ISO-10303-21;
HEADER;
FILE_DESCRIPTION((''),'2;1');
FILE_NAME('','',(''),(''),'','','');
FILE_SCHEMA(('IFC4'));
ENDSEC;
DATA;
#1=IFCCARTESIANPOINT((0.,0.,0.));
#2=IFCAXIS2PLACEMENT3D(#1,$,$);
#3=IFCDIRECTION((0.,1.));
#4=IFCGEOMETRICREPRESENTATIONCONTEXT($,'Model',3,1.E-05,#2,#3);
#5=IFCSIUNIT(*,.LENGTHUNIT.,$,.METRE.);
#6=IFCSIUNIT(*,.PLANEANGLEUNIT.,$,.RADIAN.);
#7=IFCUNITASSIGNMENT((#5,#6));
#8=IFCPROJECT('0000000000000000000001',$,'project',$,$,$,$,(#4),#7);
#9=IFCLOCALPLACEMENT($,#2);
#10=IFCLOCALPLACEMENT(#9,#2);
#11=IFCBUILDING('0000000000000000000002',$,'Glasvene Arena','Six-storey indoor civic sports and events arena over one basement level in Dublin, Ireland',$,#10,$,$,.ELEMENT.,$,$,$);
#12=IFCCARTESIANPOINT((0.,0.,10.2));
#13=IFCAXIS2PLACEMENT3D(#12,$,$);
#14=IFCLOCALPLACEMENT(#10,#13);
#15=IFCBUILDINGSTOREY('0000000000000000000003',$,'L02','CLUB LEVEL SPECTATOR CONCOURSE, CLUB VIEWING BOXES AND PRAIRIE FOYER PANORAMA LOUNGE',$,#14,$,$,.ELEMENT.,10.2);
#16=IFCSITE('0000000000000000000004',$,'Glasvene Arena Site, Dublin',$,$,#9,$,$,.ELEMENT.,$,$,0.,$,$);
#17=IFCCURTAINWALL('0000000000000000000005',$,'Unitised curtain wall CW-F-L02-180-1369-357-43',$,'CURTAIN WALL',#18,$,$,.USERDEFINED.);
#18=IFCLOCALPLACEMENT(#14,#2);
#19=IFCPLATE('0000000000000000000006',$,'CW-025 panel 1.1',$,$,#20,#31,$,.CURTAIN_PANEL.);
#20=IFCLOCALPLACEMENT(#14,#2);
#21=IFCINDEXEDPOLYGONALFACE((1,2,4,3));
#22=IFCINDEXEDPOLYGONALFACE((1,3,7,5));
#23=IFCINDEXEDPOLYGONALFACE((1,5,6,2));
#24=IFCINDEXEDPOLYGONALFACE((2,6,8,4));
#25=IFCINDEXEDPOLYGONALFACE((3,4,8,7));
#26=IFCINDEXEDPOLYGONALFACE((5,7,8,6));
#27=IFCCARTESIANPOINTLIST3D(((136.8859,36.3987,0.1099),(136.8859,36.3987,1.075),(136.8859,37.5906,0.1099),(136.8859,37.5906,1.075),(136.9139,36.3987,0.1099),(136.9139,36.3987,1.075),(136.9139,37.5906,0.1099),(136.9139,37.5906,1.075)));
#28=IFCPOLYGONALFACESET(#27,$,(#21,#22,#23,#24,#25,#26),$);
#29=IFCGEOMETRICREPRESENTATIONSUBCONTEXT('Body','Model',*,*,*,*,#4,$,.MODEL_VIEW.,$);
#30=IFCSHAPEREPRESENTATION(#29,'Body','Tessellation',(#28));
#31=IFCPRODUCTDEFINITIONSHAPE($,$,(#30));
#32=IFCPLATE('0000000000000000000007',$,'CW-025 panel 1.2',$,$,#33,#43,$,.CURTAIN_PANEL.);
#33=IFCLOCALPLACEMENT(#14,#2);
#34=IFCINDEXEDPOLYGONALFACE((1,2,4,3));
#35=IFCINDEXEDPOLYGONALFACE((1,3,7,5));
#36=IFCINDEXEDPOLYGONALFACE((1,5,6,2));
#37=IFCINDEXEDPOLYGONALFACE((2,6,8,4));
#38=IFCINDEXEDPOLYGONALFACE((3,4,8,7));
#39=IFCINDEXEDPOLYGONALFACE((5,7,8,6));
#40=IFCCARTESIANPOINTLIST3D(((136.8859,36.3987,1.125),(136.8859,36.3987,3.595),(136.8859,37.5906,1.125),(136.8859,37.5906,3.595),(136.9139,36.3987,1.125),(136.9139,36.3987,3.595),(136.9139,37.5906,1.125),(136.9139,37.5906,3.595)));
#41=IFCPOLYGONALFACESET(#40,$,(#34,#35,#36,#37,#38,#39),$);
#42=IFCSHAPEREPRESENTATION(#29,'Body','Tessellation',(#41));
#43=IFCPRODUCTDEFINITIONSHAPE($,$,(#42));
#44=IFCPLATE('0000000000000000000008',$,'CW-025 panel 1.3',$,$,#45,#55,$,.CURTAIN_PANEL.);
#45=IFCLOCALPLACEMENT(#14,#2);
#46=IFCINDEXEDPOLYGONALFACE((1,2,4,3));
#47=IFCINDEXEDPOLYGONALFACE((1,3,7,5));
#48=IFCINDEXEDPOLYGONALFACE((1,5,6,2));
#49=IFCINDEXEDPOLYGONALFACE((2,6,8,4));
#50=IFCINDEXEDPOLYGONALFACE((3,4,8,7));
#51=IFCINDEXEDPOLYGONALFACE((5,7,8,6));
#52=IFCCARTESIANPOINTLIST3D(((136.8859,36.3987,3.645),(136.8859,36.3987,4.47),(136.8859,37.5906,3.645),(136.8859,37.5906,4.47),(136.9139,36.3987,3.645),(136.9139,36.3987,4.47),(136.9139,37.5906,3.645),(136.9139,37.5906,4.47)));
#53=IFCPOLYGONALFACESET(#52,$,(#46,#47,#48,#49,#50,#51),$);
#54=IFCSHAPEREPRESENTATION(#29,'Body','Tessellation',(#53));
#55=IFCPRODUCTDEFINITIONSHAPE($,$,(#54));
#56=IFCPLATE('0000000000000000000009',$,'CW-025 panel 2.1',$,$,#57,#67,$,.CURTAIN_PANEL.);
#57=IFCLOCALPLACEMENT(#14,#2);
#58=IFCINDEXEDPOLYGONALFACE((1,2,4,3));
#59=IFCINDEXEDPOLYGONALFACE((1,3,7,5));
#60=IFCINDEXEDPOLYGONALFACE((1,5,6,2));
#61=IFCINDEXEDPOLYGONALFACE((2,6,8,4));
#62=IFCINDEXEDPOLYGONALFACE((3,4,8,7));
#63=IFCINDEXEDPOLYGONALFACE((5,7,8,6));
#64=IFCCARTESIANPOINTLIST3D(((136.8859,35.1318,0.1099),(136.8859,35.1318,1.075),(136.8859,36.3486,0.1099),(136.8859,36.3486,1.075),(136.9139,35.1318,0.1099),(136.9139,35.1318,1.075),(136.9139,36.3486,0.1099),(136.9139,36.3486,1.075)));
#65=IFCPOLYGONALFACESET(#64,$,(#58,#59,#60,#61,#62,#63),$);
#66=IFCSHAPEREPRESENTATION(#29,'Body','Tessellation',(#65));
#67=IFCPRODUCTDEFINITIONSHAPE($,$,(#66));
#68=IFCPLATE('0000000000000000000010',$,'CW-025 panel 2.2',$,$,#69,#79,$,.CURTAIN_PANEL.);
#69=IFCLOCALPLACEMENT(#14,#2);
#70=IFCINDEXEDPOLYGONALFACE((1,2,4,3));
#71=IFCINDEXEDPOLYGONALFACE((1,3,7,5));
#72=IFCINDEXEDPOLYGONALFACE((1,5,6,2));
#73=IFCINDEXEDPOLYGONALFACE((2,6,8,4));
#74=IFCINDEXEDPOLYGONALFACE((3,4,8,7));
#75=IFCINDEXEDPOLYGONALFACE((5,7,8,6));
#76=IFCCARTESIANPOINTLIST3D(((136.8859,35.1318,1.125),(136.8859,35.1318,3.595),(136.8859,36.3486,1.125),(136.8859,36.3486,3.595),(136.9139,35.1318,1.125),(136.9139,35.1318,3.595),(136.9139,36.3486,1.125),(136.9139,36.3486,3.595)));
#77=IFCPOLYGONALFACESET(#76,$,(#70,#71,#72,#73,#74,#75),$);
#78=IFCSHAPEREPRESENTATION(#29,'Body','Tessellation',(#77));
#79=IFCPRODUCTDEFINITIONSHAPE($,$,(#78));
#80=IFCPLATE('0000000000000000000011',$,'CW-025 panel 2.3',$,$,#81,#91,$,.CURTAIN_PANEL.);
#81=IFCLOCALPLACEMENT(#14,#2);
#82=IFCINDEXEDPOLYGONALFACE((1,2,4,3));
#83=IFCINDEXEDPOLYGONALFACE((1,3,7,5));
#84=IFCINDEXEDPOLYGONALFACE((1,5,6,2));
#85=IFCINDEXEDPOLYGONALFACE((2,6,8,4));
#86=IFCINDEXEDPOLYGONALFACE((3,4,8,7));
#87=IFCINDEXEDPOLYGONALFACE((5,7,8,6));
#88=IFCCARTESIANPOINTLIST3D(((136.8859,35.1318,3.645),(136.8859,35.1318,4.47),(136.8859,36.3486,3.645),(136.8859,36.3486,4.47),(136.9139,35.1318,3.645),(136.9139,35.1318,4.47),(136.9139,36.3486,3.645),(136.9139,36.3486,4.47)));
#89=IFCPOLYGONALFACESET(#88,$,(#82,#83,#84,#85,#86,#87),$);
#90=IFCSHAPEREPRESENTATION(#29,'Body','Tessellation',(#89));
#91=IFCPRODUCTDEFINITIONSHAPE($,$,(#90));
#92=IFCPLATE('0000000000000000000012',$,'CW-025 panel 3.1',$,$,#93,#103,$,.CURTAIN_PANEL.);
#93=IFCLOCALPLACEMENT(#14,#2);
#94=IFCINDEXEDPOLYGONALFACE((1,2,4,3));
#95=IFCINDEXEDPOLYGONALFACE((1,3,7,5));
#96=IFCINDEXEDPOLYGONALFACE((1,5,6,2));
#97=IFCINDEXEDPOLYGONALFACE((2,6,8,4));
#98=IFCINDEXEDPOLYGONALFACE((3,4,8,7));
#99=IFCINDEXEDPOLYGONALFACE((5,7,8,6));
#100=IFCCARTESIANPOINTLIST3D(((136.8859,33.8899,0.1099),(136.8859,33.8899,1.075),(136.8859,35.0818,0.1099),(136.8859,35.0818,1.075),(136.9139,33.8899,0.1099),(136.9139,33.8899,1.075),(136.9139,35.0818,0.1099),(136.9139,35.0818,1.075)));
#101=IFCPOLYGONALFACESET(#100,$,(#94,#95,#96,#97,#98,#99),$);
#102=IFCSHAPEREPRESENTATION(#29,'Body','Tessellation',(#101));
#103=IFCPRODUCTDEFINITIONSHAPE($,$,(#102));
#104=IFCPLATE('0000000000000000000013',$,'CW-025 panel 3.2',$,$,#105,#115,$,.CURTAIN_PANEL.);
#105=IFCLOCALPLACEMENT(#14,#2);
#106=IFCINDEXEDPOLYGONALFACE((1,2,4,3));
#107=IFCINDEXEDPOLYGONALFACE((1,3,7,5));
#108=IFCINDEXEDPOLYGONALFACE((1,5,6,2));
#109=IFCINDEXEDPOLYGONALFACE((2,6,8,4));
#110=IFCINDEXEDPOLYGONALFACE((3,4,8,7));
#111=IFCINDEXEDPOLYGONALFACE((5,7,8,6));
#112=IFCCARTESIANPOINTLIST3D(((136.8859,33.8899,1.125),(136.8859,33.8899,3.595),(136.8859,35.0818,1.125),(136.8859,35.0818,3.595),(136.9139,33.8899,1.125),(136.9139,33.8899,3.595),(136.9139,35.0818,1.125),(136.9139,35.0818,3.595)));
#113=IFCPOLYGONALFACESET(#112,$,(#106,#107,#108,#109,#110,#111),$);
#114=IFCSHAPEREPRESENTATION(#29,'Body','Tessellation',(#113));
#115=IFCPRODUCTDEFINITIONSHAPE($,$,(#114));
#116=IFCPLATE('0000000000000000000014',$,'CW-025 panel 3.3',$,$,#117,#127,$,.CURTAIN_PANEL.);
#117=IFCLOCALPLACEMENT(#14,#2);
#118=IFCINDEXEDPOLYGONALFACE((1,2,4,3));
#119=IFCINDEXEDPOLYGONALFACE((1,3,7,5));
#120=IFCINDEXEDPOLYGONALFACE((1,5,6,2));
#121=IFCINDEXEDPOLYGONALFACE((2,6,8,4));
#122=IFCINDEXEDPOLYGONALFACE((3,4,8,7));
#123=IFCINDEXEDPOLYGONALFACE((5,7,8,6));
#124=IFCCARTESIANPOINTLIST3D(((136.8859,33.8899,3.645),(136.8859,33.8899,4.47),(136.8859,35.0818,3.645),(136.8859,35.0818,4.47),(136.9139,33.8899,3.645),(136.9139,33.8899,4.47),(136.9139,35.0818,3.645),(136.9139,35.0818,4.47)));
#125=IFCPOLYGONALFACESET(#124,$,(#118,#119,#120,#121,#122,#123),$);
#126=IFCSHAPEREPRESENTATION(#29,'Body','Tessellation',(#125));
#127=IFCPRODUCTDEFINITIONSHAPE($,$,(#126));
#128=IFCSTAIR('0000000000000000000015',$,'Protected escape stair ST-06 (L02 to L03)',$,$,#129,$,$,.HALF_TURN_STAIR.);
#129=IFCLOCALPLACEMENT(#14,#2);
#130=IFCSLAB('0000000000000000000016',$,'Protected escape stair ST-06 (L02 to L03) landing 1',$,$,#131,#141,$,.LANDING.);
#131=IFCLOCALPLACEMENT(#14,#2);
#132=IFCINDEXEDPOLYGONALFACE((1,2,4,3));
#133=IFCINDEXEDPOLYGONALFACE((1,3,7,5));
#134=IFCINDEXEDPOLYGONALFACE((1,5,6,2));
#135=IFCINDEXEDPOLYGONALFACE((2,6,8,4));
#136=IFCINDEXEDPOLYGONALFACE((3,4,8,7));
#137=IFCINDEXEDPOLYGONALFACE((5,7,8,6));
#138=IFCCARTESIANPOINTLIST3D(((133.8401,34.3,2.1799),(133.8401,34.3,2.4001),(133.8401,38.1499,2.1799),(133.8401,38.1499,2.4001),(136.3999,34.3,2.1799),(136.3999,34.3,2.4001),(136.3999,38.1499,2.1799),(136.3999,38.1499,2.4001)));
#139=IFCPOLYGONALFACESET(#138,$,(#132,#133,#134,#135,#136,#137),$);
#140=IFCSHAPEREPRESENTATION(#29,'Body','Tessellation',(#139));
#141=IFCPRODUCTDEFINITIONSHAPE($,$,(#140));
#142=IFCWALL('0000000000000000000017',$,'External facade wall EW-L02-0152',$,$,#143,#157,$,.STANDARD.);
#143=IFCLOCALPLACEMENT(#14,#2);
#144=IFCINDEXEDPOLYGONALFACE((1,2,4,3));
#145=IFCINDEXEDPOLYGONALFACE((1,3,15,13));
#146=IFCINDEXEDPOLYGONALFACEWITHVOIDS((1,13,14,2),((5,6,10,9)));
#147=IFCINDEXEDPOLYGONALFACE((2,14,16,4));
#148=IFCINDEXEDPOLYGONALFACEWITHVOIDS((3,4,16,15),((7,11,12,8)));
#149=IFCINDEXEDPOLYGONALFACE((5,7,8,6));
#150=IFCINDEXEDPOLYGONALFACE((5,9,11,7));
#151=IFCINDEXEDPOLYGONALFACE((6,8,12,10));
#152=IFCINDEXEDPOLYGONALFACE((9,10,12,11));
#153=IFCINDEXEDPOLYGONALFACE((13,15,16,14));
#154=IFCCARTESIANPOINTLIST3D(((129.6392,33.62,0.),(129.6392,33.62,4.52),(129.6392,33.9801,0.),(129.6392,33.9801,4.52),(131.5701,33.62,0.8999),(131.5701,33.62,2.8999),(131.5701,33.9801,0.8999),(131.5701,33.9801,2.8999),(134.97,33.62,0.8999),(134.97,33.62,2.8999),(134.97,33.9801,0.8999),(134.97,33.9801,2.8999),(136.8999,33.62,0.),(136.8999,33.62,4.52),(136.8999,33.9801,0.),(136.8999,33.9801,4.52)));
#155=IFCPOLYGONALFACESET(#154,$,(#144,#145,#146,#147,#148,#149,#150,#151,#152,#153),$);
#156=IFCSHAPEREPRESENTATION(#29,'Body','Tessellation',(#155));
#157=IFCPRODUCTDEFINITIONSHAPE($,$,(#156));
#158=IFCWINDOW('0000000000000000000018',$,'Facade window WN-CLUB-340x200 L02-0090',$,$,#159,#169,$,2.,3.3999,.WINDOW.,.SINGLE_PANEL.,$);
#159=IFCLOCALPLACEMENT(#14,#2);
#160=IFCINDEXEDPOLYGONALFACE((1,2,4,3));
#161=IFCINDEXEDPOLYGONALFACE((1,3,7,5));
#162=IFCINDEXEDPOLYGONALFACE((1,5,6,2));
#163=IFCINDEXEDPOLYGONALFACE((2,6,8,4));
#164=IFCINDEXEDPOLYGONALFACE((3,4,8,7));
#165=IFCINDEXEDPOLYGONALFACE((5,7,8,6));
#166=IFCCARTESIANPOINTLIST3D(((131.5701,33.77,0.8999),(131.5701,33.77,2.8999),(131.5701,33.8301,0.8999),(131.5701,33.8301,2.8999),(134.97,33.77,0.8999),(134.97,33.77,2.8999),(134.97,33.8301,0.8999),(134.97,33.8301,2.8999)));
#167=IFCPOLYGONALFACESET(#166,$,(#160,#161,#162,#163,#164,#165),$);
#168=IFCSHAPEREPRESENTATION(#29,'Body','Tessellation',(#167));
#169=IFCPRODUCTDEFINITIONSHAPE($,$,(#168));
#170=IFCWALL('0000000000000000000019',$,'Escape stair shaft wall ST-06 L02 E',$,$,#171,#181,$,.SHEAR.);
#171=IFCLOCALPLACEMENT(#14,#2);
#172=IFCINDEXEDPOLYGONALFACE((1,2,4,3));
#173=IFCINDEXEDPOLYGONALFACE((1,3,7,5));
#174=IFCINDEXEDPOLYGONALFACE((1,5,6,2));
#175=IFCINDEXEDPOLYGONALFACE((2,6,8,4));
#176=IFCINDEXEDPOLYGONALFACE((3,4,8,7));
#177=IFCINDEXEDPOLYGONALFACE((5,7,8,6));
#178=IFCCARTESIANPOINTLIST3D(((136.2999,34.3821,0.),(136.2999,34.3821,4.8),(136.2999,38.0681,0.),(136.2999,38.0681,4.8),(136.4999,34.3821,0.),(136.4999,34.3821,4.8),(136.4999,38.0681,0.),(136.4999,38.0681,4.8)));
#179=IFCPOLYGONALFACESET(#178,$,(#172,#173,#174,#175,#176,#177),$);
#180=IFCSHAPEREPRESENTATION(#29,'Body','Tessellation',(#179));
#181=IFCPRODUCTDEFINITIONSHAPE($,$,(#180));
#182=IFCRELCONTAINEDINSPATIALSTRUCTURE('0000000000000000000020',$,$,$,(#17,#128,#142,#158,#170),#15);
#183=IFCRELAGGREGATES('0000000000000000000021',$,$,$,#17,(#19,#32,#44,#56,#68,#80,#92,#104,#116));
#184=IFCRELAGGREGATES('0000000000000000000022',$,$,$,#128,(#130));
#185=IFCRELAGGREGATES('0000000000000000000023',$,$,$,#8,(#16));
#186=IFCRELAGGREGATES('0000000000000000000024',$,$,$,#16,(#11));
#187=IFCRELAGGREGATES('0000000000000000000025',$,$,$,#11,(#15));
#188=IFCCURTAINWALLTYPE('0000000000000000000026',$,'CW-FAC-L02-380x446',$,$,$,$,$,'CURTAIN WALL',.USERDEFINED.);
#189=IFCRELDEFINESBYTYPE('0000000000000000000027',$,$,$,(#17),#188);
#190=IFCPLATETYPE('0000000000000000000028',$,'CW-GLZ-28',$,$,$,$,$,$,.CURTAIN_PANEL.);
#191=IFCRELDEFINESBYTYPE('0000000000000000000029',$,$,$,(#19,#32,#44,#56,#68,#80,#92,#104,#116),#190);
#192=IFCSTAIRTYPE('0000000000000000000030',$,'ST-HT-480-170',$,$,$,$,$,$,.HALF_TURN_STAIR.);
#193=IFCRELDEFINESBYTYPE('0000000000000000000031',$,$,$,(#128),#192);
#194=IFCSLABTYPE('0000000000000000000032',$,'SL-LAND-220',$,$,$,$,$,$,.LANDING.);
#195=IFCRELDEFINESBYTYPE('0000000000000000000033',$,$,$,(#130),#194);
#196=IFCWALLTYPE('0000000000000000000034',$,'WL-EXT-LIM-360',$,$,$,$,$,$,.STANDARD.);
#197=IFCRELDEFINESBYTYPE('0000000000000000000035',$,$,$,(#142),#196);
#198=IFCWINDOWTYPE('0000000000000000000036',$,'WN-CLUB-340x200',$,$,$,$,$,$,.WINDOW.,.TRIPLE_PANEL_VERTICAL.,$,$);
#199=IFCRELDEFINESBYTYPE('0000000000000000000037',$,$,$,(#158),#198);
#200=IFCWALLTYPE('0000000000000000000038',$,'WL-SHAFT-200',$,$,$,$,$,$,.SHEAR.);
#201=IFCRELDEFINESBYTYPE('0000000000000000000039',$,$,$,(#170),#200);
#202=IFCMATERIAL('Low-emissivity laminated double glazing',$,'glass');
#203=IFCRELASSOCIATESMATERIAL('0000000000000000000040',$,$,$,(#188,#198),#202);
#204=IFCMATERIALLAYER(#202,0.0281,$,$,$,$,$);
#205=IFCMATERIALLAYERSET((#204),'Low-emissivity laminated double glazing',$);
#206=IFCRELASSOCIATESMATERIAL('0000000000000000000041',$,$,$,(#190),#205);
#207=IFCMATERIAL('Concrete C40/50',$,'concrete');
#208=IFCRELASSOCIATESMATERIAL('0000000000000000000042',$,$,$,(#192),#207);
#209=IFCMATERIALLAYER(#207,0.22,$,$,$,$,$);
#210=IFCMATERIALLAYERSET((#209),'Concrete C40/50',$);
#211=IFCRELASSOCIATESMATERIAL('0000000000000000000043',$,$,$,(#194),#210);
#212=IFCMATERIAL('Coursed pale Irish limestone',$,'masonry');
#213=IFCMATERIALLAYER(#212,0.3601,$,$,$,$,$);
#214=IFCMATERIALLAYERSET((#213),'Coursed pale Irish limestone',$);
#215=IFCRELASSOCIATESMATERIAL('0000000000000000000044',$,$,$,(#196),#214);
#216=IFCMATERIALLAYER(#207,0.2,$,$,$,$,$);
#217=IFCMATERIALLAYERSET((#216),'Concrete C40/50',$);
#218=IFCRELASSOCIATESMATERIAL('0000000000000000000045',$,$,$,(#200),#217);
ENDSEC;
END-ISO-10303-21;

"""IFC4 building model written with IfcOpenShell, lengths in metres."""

from ifc_helpers import new_model, si_unit, direction, frame, frame_2d, origin, origin_2d, place, context, subcontext, project, spatial, polyline, rectangle, outline, extrude, material, layer, layer_set, type_object, element, fill, aggregate, save


model = new_model("IFC4")

# Units and contexts
model_context = context("Model", 3, precision=1e-05, world=origin(), true_north=direction((0.0, 1.0)))
body_context = subcontext(model_context, "Body", "Model", "MODEL_VIEW")
ifc_project = project(units=[si_unit("LENGTHUNIT", "METRE"), si_unit("PLANEANGLEUNIT", "RADIAN")], contexts=[model_context])

# Site, building, storey
site_placement = place(None, origin())
site = spatial("IfcSite", under=ifc_project, at=site_placement, Name="Glasvene Arena Site, Dublin", CompositionType="ELEMENT", RefElevation=0.0)
building_placement = place(site_placement, origin())
building = spatial("IfcBuilding", under=site, at=building_placement, Name="Glasvene Arena", Description="Six-storey indoor civic sports and events arena over one basement level in Dublin, Ireland", CompositionType="ELEMENT")
storey_placement = place(building_placement, frame((0.0, 0.0, 10.2)))
storey = spatial("IfcBuildingStorey", under=building, at=storey_placement, Name="L02", Description="CLUB LEVEL SPECTATOR CONCOURSE, CLUB VIEWING BOXES AND PRAIRIE FOYER PANORAMA LOUNGE", CompositionType="ELEMENT", Elevation=10.2)

# Curtain wall, plates
ifc_material_1 = material(Name="Low-emissivity laminated double glazing", Category="glass")
curtain_wall_type = type_object("IfcCurtainWallType", Name="CW-FAC-L02-380x446", ElementType="CURTAIN WALL", PredefinedType="USERDEFINED", material=ifc_material_1)
curtain_wall_placement = place(storey_placement, frame((136.8999, 37.6406, 0.0)))
curtain_wall = element("IfcCurtainWall", 1, at=curtain_wall_placement, inside=storey, type_object=curtain_wall_type, Name="Unitised curtain wall CW-F-L02-180-1369-357-43", ObjectType="CURTAIN WALL", PredefinedType="USERDEFINED")
ifc_layer_1 = layer(ifc_material_1, 0.0281)
ifc_layer_set_1 = layer_set([ifc_layer_1], Name="Low-emissivity laminated double glazing")
plate_type = type_object("IfcPlateType", Name="CW-GLZ-28", PredefinedType="CURTAIN_PANEL", material=ifc_layer_set_1)
plate_1_placement = place(storey_placement, frame((136.8999, 36.9946, 0.1099), z_axis=(0.0, 0.0, 1.0), x_axis=(0.0, -1.0, 0.0)))
plate_1 = element("IfcPlate", 2, at=plate_1_placement, type_object=plate_type, Name="CW-025 panel 1.1", PredefinedType="CURTAIN_PANEL", context=body_context, shape_type="SweptSolid", body=[
    extrude(rectangle(XDim=1.1919, YDim=0.0281, at=origin_2d()), origin(), (0.0, 0.0, 1.0), 0.9651),
])
plate_2_placement = place(storey_placement, frame((136.8999, 36.9946, 1.125), z_axis=(0.0, 0.0, 1.0), x_axis=(0.0, -1.0, 0.0)))
plate_2 = element("IfcPlate", 3, at=plate_2_placement, type_object=plate_type, Name="CW-025 panel 1.2", PredefinedType="CURTAIN_PANEL", context=body_context, shape_type="SweptSolid", body=[
    extrude(rectangle(XDim=1.1919, YDim=0.0281, at=origin_2d()), origin(), (0.0, 0.0, 1.0), 2.47),
])
plate_3_placement = place(storey_placement, frame((136.8999, 36.9946, 3.645), z_axis=(0.0, 0.0, 1.0), x_axis=(0.0, -1.0, 0.0)))
plate_3 = element("IfcPlate", 4, at=plate_3_placement, type_object=plate_type, Name="CW-025 panel 1.3", PredefinedType="CURTAIN_PANEL", context=body_context, shape_type="SweptSolid", body=[
    extrude(rectangle(XDim=1.1919, YDim=0.0281, at=origin_2d()), origin(), (0.0, 0.0, 1.0), 0.825),
])
plate_4_placement = place(storey_placement, frame((136.8999, 35.7402, 0.1099), z_axis=(0.0, 0.0, 1.0), x_axis=(0.0, -1.0, 0.0)))
plate_4 = element("IfcPlate", 5, at=plate_4_placement, type_object=plate_type, Name="CW-025 panel 2.1", PredefinedType="CURTAIN_PANEL", context=body_context, shape_type="SweptSolid", body=[
    extrude(rectangle(XDim=1.2168, YDim=0.0281, at=origin_2d()), origin(), (0.0, 0.0, 1.0), 0.9651),
])
plate_5_placement = place(storey_placement, frame((136.8999, 35.7402, 1.125), z_axis=(0.0, 0.0, 1.0), x_axis=(0.0, -1.0, 0.0)))
plate_5 = element("IfcPlate", 6, at=plate_5_placement, type_object=plate_type, Name="CW-025 panel 2.2", PredefinedType="CURTAIN_PANEL", context=body_context, shape_type="SweptSolid", body=[
    extrude(rectangle(XDim=1.2168, YDim=0.0281, at=origin_2d()), origin(), (0.0, 0.0, 1.0), 2.47),
])
plate_6_placement = place(storey_placement, frame((136.8999, 35.7402, 3.645), z_axis=(0.0, 0.0, 1.0), x_axis=(0.0, -1.0, 0.0)))
plate_6 = element("IfcPlate", 7, at=plate_6_placement, type_object=plate_type, Name="CW-025 panel 2.3", PredefinedType="CURTAIN_PANEL", context=body_context, shape_type="SweptSolid", body=[
    extrude(rectangle(XDim=1.2168, YDim=0.0281, at=origin_2d()), origin(), (0.0, 0.0, 1.0), 0.825),
])
plate_7_placement = place(storey_placement, frame((136.8999, 34.4858, 0.1099), z_axis=(0.0, 0.0, 1.0), x_axis=(0.0, -1.0, 0.0)))
plate_7 = element("IfcPlate", 8, at=plate_7_placement, type_object=plate_type, Name="CW-025 panel 3.1", PredefinedType="CURTAIN_PANEL", context=body_context, shape_type="SweptSolid", body=[
    extrude(rectangle(XDim=1.1919, YDim=0.0281, at=origin_2d()), origin(), (0.0, 0.0, 1.0), 0.9651),
])
plate_8_placement = place(storey_placement, frame((136.8999, 34.4858, 1.125), z_axis=(0.0, 0.0, 1.0), x_axis=(0.0, -1.0, 0.0)))
plate_8 = element("IfcPlate", 9, at=plate_8_placement, type_object=plate_type, Name="CW-025 panel 3.2", PredefinedType="CURTAIN_PANEL", context=body_context, shape_type="SweptSolid", body=[
    extrude(rectangle(XDim=1.1919, YDim=0.0281, at=origin_2d()), origin(), (0.0, 0.0, 1.0), 2.47),
])
plate_9_placement = place(storey_placement, frame((136.8999, 34.4858, 3.645), z_axis=(0.0, 0.0, 1.0), x_axis=(0.0, -1.0, 0.0)))
plate_9 = element("IfcPlate", 10, at=plate_9_placement, type_object=plate_type, Name="CW-025 panel 3.3", PredefinedType="CURTAIN_PANEL", context=body_context, shape_type="SweptSolid", body=[
    extrude(rectangle(XDim=1.1919, YDim=0.0281, at=origin_2d()), origin(), (0.0, 0.0, 1.0), 0.825),
])
aggregate(curtain_wall, [plate_1, plate_2, plate_3, plate_4, plate_5, plate_6, plate_7, plate_8, plate_9])

# Stair, slab
ifc_material_2 = material(Name="Concrete C40/50", Category="concrete")
stair_type = type_object("IfcStairType", Name="ST-HT-480-170", PredefinedType="HALF_TURN_STAIR", material=ifc_material_2)
stair_placement = place(storey_placement, origin())
stair = element("IfcStair", 11, at=stair_placement, inside=storey, type_object=stair_type, Name="Protected escape stair ST-06 (L02 to L03)", PredefinedType="HALF_TURN_STAIR")
ifc_layer_2 = layer(ifc_material_2, 0.22)
ifc_layer_set_2 = layer_set([ifc_layer_2], Name="Concrete C40/50")
slab_type_1 = type_object("IfcSlabType", Name="SL-LAND-220", PredefinedType="LANDING", material=ifc_layer_set_2)
slab_1_placement = place(storey_placement, frame((135.1201, 36.2251, 2.1799)))
slab_1 = element("IfcSlab", 12, at=slab_1_placement, type_object=slab_type_1, Name="Protected escape stair ST-06 (L02 to L03) landing 1", PredefinedType="LANDING", context=body_context, shape_type="SweptSolid", body=[
    extrude(outline(polyline([(-1.28, -1.925), (1.2798, -1.925), (1.2798, 1.9248), (-1.28, 1.9248), (-1.28, -1.925)])), origin(), (0.0, 0.0, 1.0), 0.2202),
])
aggregate(stair, [slab_1])

# Wall, opening, window
ifc_material_3 = material(Name="Coursed pale Irish limestone", Category="masonry")
ifc_layer_3 = layer(ifc_material_3, 0.3601)
ifc_layer_set_3 = layer_set([ifc_layer_3], Name="Coursed pale Irish limestone")
wall_type_1 = type_object("IfcWallType", Name="WL-EXT-LIM-360", PredefinedType="STANDARD", material=ifc_layer_set_3)
wall_1_placement = place(storey_placement, frame((136.8999, 33.8, 0.0), z_axis=(0.0, 0.0, 1.0), x_axis=(-1.0, 0.0, 0.0)))
wall_1 = element("IfcWall", 13, at=wall_1_placement, inside=storey, type_object=wall_type_1, Name="External facade wall EW-L02-0152", PredefinedType="STANDARD", context=body_context, shape_type="SweptSolid", body=[
    extrude(rectangle(XDim=7.2607, YDim=0.3601, at=frame_2d((3.6304, 0.0))), origin(), (0.0, 0.0, 1.0), 4.52),
])
opening_placement = place(wall_1_placement, frame((1.9299, 0.0, 0.8999)))
opening = element("IfcOpeningElement", 14, at=opening_placement, cuts=wall_1, PredefinedType="OPENING", context=body_context, shape_type="SweptSolid", body=[
    extrude(rectangle(XDim=3.3999, YDim=2.0, at=frame_2d((1.7, 1.0))), frame((0.0, 0.1899, 0.0), z_axis=(0.0, -1.0, 0.0), x_axis=(1.0, 0.0, 0.0)), (0.0, 0.0, 1.0), 0.3801),
])
window_type = type_object("IfcWindowType", Name="WN-CLUB-340x200", PartitioningType="TRIPLE_PANEL_VERTICAL", PredefinedType="WINDOW", material=ifc_material_1)
window_placement = place(opening_placement, origin())
window = element("IfcWindow", 15, at=window_placement, inside=storey, type_object=window_type, Name="Facade window WN-CLUB-340x200 L02-0090", OverallHeight=2.0, OverallWidth=3.3999, PartitioningType="SINGLE_PANEL", PredefinedType="WINDOW", context=body_context, shape_type="SweptSolid", body=[
    extrude(rectangle(XDim=3.3999, YDim=2.0, at=frame_2d((1.7, 1.0))), frame((0.0, 0.03, 0.0), z_axis=(0.0, -1.0, 0.0), x_axis=(1.0, 0.0, 0.0)), (0.0, 0.0, 1.0), 0.0601),
])
fill(opening, window)

# Wall
ifc_layer_4 = layer(ifc_material_2, 0.2)
ifc_layer_set_4 = layer_set([ifc_layer_4], Name="Concrete C40/50")
wall_type_2 = type_object("IfcWallType", Name="WL-SHAFT-200", PredefinedType="SHEAR", material=ifc_layer_set_4)
wall_2_placement = place(storey_placement, frame((136.3999, 34.3821, 0.0), z_axis=(0.0, 0.0, 1.0), x_axis=(0.0, 1.0, 0.0)))
element("IfcWall", 16, at=wall_2_placement, inside=storey, type_object=wall_type_2, Name="Escape stair shaft wall ST-06 L02 E", PredefinedType="SHEAR", context=body_context, shape_type="SweptSolid", body=[
    extrude(rectangle(XDim=3.686, YDim=0.2, at=frame_2d((1.843, 0.0))), origin(), (0.0, 0.0, 1.0), 4.8),
])

save(model, "model.ifc")
